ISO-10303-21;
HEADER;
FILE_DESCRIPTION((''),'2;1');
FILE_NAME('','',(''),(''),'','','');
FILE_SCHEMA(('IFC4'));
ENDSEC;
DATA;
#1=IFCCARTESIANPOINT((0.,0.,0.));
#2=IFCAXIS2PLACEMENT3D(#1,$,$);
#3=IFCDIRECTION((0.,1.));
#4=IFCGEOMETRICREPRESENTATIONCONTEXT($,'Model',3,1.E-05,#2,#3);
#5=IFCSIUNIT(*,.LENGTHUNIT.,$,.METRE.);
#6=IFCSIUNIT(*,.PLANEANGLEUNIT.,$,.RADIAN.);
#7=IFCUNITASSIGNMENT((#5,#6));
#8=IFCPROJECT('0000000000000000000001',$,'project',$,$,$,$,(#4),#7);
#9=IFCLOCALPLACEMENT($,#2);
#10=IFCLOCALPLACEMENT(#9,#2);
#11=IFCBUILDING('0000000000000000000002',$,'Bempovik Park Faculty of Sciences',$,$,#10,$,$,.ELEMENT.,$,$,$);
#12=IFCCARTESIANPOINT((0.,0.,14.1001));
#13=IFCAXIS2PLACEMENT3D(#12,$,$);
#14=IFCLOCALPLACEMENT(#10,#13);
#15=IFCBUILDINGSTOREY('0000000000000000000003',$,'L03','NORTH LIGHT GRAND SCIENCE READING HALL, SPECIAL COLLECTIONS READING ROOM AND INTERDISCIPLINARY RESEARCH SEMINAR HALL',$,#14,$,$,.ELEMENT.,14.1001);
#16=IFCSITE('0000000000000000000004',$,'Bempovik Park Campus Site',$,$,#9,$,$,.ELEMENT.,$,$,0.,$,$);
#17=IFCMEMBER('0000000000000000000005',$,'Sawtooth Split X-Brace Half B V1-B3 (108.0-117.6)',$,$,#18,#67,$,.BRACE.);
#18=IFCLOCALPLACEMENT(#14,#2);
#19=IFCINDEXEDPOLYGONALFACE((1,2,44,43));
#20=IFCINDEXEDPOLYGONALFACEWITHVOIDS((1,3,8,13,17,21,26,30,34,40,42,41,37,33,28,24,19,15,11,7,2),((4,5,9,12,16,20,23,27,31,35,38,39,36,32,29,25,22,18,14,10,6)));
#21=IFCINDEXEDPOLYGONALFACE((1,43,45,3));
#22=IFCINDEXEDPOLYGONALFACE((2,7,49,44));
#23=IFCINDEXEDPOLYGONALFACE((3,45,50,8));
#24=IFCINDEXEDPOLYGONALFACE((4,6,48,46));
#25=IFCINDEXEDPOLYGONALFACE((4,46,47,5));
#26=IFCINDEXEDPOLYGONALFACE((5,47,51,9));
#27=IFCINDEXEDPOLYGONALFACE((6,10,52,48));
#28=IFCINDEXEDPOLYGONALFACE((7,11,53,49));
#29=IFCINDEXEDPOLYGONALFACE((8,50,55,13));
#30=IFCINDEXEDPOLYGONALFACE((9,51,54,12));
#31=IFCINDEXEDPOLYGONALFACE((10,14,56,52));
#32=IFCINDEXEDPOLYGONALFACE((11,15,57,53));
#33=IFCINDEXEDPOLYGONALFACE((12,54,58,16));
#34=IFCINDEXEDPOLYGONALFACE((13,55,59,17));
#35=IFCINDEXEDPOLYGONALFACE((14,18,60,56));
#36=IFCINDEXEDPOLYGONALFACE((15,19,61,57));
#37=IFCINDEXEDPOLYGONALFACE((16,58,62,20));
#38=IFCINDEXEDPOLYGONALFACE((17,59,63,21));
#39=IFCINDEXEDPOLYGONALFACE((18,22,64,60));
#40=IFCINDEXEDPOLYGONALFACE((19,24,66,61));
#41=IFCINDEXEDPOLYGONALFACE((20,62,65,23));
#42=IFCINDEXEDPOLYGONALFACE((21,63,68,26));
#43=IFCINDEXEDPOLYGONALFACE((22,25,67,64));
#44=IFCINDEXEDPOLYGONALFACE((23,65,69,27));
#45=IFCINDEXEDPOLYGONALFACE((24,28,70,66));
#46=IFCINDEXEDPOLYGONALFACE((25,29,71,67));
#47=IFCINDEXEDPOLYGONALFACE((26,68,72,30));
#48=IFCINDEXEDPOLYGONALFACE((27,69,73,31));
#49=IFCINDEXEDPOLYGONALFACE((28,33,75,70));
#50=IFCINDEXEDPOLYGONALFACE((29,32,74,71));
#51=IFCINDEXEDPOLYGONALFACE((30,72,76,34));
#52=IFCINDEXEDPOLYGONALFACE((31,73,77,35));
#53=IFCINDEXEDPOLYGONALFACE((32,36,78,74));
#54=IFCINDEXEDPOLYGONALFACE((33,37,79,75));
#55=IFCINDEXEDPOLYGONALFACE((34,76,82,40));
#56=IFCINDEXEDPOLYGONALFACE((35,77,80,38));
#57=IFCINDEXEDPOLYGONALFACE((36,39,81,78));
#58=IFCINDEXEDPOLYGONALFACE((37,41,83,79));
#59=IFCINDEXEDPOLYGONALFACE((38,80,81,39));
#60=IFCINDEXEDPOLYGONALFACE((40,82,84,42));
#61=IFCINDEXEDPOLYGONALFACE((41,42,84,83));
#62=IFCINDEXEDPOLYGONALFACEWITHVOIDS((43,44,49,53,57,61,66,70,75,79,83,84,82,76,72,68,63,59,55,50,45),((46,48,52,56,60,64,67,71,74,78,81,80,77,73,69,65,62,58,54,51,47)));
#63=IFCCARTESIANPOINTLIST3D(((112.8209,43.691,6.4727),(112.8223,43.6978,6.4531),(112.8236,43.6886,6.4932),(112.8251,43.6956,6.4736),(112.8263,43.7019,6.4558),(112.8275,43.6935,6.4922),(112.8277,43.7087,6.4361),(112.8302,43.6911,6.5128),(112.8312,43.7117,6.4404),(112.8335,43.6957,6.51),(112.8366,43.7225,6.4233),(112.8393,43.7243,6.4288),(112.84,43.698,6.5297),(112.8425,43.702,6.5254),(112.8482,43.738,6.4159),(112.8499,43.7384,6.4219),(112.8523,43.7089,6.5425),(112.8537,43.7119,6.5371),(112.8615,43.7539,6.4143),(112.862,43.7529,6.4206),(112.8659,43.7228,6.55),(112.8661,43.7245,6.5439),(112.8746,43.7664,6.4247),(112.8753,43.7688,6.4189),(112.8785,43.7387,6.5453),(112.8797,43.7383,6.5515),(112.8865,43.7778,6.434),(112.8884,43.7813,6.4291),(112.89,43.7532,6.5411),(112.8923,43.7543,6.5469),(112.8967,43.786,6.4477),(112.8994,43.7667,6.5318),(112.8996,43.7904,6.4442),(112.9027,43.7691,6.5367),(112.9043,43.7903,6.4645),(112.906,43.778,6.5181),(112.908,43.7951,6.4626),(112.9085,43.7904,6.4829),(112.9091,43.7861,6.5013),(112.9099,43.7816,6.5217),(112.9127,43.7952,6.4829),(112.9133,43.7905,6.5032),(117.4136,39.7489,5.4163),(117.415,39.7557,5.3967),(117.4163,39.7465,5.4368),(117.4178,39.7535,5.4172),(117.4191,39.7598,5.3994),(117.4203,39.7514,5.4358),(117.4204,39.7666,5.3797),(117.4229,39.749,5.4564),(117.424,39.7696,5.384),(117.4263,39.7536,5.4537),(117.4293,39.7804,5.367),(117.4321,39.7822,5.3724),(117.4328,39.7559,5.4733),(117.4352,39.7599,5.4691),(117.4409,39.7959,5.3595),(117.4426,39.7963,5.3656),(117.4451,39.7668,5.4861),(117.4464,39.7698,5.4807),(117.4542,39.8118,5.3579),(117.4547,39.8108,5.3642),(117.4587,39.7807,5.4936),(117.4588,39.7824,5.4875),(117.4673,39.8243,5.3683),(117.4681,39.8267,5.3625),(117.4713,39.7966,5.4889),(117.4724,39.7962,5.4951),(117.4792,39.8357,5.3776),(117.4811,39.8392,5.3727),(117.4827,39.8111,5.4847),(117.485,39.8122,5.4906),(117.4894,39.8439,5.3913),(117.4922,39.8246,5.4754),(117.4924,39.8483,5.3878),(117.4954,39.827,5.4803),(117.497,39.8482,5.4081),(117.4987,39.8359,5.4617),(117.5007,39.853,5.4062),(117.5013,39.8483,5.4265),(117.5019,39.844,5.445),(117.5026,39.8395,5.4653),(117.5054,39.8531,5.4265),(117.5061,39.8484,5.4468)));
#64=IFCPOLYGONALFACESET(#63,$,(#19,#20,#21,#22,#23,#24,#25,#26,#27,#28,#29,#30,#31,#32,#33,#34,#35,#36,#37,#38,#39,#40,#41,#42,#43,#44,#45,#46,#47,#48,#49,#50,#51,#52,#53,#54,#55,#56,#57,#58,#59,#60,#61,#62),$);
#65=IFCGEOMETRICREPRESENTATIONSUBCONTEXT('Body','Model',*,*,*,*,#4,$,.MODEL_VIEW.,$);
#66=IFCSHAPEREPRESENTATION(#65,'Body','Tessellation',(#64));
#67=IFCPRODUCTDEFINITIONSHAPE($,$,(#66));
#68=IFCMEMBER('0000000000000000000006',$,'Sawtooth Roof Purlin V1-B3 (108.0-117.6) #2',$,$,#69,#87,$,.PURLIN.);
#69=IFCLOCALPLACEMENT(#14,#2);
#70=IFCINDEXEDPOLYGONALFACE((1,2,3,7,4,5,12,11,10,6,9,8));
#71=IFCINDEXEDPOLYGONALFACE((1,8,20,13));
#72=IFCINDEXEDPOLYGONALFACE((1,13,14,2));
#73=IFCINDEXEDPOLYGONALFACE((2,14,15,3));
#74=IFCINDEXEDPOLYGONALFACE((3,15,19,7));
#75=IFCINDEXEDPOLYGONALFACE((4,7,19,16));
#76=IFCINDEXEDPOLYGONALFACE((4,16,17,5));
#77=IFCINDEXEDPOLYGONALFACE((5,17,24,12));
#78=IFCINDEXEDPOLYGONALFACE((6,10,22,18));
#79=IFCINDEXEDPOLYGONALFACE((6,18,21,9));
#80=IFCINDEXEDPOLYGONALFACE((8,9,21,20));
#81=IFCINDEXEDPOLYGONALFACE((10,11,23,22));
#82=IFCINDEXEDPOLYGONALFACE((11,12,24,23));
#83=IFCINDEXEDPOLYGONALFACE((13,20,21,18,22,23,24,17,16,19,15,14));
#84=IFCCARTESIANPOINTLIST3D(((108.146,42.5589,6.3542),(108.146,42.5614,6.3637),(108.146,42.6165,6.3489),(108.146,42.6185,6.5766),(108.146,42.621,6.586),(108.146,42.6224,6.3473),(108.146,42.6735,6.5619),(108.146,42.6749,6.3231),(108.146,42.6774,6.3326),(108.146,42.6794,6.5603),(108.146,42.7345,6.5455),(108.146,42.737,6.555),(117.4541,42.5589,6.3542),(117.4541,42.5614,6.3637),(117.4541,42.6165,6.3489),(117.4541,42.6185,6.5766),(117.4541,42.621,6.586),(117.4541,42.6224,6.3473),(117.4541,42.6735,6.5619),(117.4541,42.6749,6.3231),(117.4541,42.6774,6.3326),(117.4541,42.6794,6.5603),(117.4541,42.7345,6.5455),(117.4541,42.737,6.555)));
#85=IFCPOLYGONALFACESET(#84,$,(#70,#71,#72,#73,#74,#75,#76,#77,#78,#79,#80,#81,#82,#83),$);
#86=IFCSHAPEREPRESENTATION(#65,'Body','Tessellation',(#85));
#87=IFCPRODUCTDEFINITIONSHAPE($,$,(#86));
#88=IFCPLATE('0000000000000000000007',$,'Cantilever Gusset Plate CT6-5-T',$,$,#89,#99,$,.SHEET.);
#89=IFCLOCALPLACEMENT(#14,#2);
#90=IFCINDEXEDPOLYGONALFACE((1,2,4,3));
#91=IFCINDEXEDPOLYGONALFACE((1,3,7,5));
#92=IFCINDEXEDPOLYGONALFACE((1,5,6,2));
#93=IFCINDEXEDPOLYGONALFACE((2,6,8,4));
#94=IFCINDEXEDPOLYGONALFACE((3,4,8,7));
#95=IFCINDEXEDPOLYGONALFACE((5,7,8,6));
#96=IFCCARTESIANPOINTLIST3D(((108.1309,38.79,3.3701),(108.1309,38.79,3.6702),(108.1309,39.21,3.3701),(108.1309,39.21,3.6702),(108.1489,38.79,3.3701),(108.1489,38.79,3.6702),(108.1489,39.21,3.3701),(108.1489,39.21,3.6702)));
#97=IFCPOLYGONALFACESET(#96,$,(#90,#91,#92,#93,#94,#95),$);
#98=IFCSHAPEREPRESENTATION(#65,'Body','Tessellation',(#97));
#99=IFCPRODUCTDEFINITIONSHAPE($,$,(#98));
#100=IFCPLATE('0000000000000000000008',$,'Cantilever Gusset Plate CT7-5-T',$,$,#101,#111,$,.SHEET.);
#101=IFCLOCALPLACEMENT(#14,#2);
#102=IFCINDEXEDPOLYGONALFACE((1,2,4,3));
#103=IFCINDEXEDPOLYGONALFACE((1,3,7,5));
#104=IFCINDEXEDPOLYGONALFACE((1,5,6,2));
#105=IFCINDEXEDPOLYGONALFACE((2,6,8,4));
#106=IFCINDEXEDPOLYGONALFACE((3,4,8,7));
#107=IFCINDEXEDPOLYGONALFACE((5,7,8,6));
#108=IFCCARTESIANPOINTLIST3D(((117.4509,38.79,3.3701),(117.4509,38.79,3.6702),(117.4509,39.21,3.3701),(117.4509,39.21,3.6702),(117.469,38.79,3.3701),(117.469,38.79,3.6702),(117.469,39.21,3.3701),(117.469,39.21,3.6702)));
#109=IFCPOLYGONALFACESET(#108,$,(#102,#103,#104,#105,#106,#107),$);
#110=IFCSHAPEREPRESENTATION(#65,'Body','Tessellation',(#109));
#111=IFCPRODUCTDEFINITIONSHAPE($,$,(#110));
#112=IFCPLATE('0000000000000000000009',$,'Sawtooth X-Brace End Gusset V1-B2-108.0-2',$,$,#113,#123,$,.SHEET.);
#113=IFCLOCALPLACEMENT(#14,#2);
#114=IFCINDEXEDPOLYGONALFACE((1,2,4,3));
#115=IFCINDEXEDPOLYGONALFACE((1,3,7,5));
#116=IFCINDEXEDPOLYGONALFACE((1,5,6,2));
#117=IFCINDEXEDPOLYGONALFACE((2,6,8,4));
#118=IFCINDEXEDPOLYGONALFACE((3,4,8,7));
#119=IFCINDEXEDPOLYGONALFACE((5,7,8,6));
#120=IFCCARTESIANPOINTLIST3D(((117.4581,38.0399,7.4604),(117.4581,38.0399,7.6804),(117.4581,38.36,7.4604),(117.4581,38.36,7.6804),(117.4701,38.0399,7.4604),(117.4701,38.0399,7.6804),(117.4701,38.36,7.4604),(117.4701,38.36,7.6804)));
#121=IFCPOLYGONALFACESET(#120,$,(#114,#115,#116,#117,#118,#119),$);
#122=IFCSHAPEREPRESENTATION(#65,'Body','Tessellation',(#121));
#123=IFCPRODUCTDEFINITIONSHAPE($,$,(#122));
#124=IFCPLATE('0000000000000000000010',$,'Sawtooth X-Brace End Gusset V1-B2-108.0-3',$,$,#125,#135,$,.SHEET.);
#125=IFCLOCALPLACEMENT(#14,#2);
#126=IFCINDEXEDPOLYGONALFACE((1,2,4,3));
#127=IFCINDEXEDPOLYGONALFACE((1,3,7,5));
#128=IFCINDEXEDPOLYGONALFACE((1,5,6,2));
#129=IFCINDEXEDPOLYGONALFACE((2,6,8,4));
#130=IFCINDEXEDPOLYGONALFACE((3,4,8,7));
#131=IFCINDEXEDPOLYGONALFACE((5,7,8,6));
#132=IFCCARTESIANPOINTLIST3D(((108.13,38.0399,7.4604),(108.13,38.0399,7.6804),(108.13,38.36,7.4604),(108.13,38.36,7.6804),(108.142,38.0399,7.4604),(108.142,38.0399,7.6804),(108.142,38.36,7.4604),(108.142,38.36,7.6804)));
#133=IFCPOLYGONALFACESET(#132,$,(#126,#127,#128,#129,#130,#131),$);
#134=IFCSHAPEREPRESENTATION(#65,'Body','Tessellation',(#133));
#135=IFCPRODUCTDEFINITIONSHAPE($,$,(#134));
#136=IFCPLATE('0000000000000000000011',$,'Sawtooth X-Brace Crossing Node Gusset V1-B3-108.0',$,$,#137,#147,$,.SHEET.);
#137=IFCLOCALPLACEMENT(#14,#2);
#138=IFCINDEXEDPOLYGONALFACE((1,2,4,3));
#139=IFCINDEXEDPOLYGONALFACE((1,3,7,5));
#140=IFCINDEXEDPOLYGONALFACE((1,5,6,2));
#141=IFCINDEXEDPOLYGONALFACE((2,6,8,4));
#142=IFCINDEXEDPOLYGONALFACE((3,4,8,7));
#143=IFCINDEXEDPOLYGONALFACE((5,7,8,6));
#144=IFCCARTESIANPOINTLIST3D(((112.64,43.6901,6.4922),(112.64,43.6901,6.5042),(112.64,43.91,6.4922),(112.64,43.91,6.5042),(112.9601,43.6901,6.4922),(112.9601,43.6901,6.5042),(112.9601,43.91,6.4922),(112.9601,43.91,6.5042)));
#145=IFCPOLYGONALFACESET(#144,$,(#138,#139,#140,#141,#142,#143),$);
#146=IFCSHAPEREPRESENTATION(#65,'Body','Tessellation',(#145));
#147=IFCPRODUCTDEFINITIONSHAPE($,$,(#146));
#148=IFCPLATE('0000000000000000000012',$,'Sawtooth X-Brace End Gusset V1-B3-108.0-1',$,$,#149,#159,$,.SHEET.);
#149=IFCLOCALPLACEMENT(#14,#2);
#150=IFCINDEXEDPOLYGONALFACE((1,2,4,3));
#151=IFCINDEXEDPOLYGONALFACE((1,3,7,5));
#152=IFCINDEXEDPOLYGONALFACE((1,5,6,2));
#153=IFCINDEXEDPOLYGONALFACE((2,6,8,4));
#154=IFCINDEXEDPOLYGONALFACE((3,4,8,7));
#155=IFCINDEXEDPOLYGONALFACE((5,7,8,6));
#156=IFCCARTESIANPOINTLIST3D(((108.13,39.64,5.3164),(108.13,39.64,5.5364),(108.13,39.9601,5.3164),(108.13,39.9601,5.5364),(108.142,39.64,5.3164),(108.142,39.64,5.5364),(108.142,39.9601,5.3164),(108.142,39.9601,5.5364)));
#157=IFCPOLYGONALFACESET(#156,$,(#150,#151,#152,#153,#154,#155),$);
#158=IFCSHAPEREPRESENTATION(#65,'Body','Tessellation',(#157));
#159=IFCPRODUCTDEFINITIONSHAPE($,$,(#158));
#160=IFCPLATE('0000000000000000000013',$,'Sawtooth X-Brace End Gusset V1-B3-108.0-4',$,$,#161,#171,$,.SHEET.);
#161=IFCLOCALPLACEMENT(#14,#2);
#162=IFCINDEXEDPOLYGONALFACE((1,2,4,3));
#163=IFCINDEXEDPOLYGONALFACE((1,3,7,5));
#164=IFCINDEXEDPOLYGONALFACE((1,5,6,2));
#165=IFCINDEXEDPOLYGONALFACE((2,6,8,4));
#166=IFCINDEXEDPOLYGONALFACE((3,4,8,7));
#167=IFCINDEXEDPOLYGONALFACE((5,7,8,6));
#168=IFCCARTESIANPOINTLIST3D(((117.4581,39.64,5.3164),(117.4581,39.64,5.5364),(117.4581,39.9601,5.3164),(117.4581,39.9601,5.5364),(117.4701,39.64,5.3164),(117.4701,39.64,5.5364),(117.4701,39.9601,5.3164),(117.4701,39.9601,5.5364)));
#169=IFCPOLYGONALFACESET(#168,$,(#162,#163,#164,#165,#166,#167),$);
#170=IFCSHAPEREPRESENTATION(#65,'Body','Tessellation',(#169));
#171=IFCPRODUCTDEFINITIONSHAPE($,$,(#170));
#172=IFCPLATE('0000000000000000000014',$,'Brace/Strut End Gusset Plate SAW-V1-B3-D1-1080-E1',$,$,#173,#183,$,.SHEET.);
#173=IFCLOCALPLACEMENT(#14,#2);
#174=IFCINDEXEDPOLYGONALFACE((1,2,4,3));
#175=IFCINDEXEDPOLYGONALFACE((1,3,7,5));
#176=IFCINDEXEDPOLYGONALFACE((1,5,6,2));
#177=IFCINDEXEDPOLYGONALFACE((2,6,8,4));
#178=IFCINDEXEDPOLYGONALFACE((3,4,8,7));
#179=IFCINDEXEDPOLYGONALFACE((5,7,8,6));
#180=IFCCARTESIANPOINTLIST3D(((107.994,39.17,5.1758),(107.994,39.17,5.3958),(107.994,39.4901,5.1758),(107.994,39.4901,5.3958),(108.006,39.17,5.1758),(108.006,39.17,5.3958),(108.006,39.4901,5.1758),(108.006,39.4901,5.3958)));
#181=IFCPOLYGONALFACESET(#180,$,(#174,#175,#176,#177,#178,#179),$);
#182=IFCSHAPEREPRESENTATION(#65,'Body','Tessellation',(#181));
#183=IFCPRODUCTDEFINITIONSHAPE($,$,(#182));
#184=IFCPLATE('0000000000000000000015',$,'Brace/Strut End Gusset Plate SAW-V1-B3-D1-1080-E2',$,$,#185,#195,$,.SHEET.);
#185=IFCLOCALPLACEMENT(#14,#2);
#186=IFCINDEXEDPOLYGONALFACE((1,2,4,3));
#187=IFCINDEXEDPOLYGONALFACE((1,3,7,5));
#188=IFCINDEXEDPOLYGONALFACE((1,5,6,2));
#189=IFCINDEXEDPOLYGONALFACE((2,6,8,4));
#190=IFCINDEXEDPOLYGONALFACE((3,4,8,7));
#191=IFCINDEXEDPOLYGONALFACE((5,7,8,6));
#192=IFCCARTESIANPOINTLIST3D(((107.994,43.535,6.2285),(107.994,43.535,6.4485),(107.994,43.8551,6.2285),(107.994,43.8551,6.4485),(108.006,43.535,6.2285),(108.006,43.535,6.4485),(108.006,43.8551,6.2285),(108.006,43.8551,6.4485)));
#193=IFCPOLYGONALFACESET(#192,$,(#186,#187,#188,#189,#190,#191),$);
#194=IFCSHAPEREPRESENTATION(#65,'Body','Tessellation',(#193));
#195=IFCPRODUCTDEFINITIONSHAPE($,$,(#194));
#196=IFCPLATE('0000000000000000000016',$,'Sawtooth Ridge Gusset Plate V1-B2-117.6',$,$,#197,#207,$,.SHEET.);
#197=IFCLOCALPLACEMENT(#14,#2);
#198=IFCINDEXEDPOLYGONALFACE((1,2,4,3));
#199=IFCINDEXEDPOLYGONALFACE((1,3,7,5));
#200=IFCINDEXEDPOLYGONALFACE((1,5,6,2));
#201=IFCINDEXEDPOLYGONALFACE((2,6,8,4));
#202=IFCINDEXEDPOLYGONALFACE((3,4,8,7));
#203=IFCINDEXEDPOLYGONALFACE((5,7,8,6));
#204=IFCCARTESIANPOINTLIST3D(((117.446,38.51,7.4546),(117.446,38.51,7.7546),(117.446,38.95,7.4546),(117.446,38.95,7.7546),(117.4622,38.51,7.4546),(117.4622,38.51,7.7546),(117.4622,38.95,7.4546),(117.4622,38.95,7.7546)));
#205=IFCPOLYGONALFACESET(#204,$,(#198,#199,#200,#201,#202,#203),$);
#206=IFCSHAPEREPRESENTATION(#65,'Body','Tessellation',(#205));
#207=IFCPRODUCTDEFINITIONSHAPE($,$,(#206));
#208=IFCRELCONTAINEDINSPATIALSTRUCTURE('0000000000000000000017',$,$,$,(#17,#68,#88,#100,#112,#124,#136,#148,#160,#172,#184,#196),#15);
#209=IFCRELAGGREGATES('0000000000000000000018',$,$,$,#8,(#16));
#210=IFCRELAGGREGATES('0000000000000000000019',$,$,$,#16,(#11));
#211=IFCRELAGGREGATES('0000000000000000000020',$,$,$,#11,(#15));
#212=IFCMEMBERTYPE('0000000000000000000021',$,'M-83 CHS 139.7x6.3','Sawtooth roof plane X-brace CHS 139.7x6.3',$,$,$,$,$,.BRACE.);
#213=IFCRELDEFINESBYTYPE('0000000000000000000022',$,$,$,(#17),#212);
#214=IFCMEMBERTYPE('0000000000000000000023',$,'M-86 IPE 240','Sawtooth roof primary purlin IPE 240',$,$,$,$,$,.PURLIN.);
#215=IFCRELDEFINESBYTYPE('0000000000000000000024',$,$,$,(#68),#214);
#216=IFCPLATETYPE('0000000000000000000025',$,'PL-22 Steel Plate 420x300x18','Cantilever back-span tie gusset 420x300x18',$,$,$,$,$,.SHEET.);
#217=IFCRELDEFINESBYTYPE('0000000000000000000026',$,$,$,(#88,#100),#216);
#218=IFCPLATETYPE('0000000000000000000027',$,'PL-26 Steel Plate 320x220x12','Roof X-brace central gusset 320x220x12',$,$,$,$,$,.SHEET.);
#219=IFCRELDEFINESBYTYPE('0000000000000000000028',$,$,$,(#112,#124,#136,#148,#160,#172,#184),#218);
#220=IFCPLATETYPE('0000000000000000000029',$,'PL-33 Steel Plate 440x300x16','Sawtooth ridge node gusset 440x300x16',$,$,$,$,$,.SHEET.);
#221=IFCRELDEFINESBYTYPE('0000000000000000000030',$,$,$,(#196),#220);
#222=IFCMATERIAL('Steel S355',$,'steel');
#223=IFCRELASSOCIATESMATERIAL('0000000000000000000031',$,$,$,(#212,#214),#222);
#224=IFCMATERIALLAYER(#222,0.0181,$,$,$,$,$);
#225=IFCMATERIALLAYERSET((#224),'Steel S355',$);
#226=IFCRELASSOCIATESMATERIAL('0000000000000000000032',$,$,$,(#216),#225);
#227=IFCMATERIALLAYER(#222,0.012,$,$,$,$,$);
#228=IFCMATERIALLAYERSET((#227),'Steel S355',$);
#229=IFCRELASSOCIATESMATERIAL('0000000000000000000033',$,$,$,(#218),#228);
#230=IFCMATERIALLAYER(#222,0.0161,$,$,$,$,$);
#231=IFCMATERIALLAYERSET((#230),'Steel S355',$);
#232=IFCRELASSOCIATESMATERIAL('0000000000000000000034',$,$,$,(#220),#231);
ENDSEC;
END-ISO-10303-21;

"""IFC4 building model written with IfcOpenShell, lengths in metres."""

from ifc_helpers import new_model, si_unit, direction, frame, origin, origin_2d, place, context, subcontext, project, spatial, rectangle, hollow_circle, i_section, extrude, material, layer, layer_set, material_profile, profile_set, type_object, element, save


model = new_model("IFC4")

# Units and contexts
model_context = context("Model", 3, precision=1e-05, world=origin(), true_north=direction((0.0, 1.0)))
body_context = subcontext(model_context, "Body", "Model", "MODEL_VIEW")
ifc_project = project(units=[si_unit("LENGTHUNIT", "METRE"), si_unit("PLANEANGLEUNIT", "RADIAN")], contexts=[model_context])

# Site, building, storey
site_placement = place(None, origin())
site = spatial("IfcSite", under=ifc_project, at=site_placement, Name="Bempovik Park Campus Site", CompositionType="ELEMENT", RefElevation=0.0)
building_placement = place(site_placement, origin())
building = spatial("IfcBuilding", under=site, at=building_placement, Name="Bempovik Park Faculty of Sciences", CompositionType="ELEMENT")
storey_placement = place(building_placement, frame((0.0, 0.0, 14.1001)))
storey = spatial("IfcBuildingStorey", under=building, at=storey_placement, Name="L03", Description="NORTH LIGHT GRAND SCIENCE READING HALL, SPECIAL COLLECTIONS READING ROOM AND INTERDISCIPLINARY RESEARCH SEMINAR HALL", CompositionType="ELEMENT", Elevation=14.1001)

# Shared definitions
ifc_material_1 = material(Name="Steel S355", Category="steel")

# Members
ifc_material_profile_1 = material_profile(ifc_material_1, hollow_circle(Radius=0.0698, WallThickness=0.0063, at=origin_2d()), Name="CHS 139.7x6.3")
ifc_profile_set_1 = profile_set([ifc_material_profile_1], Name="Steel S355")
member_type_1 = type_object("IfcMemberType", Name="M-83 CHS 139.7x6.3", Description="Sawtooth roof plane X-brace CHS 139.7x6.3", PredefinedType="BRACE", material=ifc_profile_set_1)
member_1_placement = place(storey_placement, frame((112.8672, 43.7422, 6.4829), z_axis=(0.747509, -0.641613, -0.171937), x_axis=(0.651313, 0.758809, 0.0)))
element("IfcMember", 1, at=member_1_placement, inside=storey, type_object=member_type_1, Name="Sawtooth Split X-Brace Half B V1-B3 (108.0-117.6)", PredefinedType="BRACE", context=body_context, shape_type="SweptSolid", body=[
    extrude(hollow_circle(Radius=0.0698, WallThickness=0.0063, at=origin_2d()), origin(), (0.0, 0.0, 1.0), 6.144),
])
ifc_material_profile_2 = material_profile(ifc_material_1, i_section(OverallWidth=0.1201, OverallDepth=0.24, WebThickness=0.0061, FlangeThickness=0.0098, at=origin_2d()), Name="IPE 240")
ifc_profile_set_2 = profile_set([ifc_material_profile_2], Name="Steel S355")
member_type_2 = type_object("IfcMemberType", Name="M-86 IPE 240", Description="Sawtooth roof primary purlin IPE 240", PredefinedType="PURLIN", material=ifc_profile_set_2)
member_2_placement = place(storey_placement, frame((108.146, 42.6479, 6.4546), z_axis=(1.0, 0.0, 0.0), x_axis=(0.0, 0.965926, -0.258819)))
element("IfcMember", 2, at=member_2_placement, inside=storey, type_object=member_type_2, Name="Sawtooth Roof Purlin V1-B3 (108.0-117.6) #2", PredefinedType="PURLIN", context=body_context, shape_type="SweptSolid", body=[
    extrude(i_section(OverallWidth=0.1201, OverallDepth=0.24, WebThickness=0.0061, FlangeThickness=0.0098, at=origin_2d()), origin(), (0.0, 0.0, 1.0), 9.3081),
])

# Plates
ifc_layer_1 = layer(ifc_material_1, 0.0181)
ifc_layer_set_1 = layer_set([ifc_layer_1], Name="Steel S355")
plate_type_1 = type_object("IfcPlateType", Name="PL-22 Steel Plate 420x300x18", Description="Cantilever back-span tie gusset 420x300x18", PredefinedType="SHEET", material=ifc_layer_set_1)
for number, where, z_axis, x_axis, name in (
    (3, (108.1399, 39.0, 3.3701), (0.0, 0.0, 1.0), (1.0, 0.0, 0.0), "Cantilever Gusset Plate CT6-5-T"),
    (4, (117.46, 39.0, 3.3701), (0.0, 0.0, 1.0), (1.0, 0.0, 0.0), "Cantilever Gusset Plate CT7-5-T"),
):
    element("IfcPlate", number, at=place(storey_placement, frame(where, z_axis=z_axis, x_axis=x_axis)), inside=storey, type_object=plate_type_1, Name=name, PredefinedType="SHEET", context=body_context, shape_type="SweptSolid", body=[
        extrude(rectangle(XDim=0.0181, YDim=0.4199, at=origin_2d()), origin(), (0.0, 0.0, 1.0), 0.3),
    ])
ifc_layer_2 = layer(ifc_material_1, 0.012)
ifc_layer_set_2 = layer_set([ifc_layer_2], Name="Steel S355")
plate_type_2 = type_object("IfcPlateType", Name="PL-26 Steel Plate 320x220x12", Description="Roof X-brace central gusset 320x220x12", PredefinedType="SHEET", material=ifc_layer_set_2)
for number, where, z_axis, x_axis, name in (
    (5, (117.4641, 38.2, 7.4604), (0.0, 0.0, 1.0), (1.0, 0.0, 0.0), "Sawtooth X-Brace End Gusset V1-B2-108.0-2"),
    (6, (108.136, 38.2, 7.4604), (0.0, 0.0, 1.0), (1.0, 0.0, 0.0), "Sawtooth X-Brace End Gusset V1-B2-108.0-3"),
):
    element("IfcPlate", number, at=place(storey_placement, frame(where, z_axis=z_axis, x_axis=x_axis)), inside=storey, type_object=plate_type_2, Name=name, PredefinedType="SHEET", context=body_context, shape_type="SweptSolid", body=[
        extrude(rectangle(XDim=0.012, YDim=0.3201, at=origin_2d()), origin(), (0.0, 0.0, 1.0), 0.22),
    ])
plate_1_placement = place(storey_placement, frame((112.8, 43.8, 6.4922), z_axis=(0.0, 0.0, 1.0), x_axis=(1.0, 0.0, 0.0)))
element("IfcPlate", 7, at=plate_1_placement, inside=storey, type_object=plate_type_2, Name="Sawtooth X-Brace Crossing Node Gusset V1-B3-108.0", PredefinedType="SHEET", context=body_context, shape_type="SweptSolid", body=[
    extrude(rectangle(XDim=0.3201, YDim=0.22, at=origin_2d()), origin(), (0.0, 0.0, 1.0), 0.012),
])
for number, where, z_axis, x_axis, name in (
    (8, (108.136, 39.8, 5.3164), (0.0, 0.0, 1.0), (1.0, 0.0, 0.0), "Sawtooth X-Brace End Gusset V1-B3-108.0-1"),
    (9, (117.4641, 39.8, 5.3164), (0.0, 0.0, 1.0), (1.0, 0.0, 0.0), "Sawtooth X-Brace End Gusset V1-B3-108.0-4"),
    (10, (108.0, 39.3301, 5.1758), (0.0, 0.0, 1.0), (1.0, 0.0, 0.0), "Brace/Strut End Gusset Plate SAW-V1-B3-D1-1080-E1"),
    (11, (108.0, 43.6951, 6.2285), (0.0, 0.0, 1.0), (1.0, 0.0, 0.0), "Brace/Strut End Gusset Plate SAW-V1-B3-D1-1080-E2"),
):
    element("IfcPlate", number, at=place(storey_placement, frame(where, z_axis=z_axis, x_axis=x_axis)), inside=storey, type_object=plate_type_2, Name=name, PredefinedType="SHEET", context=body_context, shape_type="SweptSolid", body=[
        extrude(rectangle(XDim=0.012, YDim=0.3201, at=origin_2d()), origin(), (0.0, 0.0, 1.0), 0.22),
    ])
ifc_layer_3 = layer(ifc_material_1, 0.0161)
ifc_layer_set_3 = layer_set([ifc_layer_3], Name="Steel S355")
plate_type_3 = type_object("IfcPlateType", Name="PL-33 Steel Plate 440x300x16", Description="Sawtooth ridge node gusset 440x300x16", PredefinedType="SHEET", material=ifc_layer_set_3)
plate_2_placement = place(storey_placement, frame((117.4541, 38.73, 7.4546), z_axis=(0.0, 0.0, 1.0), x_axis=(1.0, 0.0, 0.0)))
element("IfcPlate", 12, at=plate_2_placement, inside=storey, type_object=plate_type_3, Name="Sawtooth Ridge Gusset Plate V1-B2-117.6", PredefinedType="SHEET", context=body_context, shape_type="SweptSolid", body=[
    extrude(rectangle(XDim=0.0161, YDim=0.4399, at=origin_2d()), origin(), (0.0, 0.0, 1.0), 0.3),
])

save(model, "model.ifc")
